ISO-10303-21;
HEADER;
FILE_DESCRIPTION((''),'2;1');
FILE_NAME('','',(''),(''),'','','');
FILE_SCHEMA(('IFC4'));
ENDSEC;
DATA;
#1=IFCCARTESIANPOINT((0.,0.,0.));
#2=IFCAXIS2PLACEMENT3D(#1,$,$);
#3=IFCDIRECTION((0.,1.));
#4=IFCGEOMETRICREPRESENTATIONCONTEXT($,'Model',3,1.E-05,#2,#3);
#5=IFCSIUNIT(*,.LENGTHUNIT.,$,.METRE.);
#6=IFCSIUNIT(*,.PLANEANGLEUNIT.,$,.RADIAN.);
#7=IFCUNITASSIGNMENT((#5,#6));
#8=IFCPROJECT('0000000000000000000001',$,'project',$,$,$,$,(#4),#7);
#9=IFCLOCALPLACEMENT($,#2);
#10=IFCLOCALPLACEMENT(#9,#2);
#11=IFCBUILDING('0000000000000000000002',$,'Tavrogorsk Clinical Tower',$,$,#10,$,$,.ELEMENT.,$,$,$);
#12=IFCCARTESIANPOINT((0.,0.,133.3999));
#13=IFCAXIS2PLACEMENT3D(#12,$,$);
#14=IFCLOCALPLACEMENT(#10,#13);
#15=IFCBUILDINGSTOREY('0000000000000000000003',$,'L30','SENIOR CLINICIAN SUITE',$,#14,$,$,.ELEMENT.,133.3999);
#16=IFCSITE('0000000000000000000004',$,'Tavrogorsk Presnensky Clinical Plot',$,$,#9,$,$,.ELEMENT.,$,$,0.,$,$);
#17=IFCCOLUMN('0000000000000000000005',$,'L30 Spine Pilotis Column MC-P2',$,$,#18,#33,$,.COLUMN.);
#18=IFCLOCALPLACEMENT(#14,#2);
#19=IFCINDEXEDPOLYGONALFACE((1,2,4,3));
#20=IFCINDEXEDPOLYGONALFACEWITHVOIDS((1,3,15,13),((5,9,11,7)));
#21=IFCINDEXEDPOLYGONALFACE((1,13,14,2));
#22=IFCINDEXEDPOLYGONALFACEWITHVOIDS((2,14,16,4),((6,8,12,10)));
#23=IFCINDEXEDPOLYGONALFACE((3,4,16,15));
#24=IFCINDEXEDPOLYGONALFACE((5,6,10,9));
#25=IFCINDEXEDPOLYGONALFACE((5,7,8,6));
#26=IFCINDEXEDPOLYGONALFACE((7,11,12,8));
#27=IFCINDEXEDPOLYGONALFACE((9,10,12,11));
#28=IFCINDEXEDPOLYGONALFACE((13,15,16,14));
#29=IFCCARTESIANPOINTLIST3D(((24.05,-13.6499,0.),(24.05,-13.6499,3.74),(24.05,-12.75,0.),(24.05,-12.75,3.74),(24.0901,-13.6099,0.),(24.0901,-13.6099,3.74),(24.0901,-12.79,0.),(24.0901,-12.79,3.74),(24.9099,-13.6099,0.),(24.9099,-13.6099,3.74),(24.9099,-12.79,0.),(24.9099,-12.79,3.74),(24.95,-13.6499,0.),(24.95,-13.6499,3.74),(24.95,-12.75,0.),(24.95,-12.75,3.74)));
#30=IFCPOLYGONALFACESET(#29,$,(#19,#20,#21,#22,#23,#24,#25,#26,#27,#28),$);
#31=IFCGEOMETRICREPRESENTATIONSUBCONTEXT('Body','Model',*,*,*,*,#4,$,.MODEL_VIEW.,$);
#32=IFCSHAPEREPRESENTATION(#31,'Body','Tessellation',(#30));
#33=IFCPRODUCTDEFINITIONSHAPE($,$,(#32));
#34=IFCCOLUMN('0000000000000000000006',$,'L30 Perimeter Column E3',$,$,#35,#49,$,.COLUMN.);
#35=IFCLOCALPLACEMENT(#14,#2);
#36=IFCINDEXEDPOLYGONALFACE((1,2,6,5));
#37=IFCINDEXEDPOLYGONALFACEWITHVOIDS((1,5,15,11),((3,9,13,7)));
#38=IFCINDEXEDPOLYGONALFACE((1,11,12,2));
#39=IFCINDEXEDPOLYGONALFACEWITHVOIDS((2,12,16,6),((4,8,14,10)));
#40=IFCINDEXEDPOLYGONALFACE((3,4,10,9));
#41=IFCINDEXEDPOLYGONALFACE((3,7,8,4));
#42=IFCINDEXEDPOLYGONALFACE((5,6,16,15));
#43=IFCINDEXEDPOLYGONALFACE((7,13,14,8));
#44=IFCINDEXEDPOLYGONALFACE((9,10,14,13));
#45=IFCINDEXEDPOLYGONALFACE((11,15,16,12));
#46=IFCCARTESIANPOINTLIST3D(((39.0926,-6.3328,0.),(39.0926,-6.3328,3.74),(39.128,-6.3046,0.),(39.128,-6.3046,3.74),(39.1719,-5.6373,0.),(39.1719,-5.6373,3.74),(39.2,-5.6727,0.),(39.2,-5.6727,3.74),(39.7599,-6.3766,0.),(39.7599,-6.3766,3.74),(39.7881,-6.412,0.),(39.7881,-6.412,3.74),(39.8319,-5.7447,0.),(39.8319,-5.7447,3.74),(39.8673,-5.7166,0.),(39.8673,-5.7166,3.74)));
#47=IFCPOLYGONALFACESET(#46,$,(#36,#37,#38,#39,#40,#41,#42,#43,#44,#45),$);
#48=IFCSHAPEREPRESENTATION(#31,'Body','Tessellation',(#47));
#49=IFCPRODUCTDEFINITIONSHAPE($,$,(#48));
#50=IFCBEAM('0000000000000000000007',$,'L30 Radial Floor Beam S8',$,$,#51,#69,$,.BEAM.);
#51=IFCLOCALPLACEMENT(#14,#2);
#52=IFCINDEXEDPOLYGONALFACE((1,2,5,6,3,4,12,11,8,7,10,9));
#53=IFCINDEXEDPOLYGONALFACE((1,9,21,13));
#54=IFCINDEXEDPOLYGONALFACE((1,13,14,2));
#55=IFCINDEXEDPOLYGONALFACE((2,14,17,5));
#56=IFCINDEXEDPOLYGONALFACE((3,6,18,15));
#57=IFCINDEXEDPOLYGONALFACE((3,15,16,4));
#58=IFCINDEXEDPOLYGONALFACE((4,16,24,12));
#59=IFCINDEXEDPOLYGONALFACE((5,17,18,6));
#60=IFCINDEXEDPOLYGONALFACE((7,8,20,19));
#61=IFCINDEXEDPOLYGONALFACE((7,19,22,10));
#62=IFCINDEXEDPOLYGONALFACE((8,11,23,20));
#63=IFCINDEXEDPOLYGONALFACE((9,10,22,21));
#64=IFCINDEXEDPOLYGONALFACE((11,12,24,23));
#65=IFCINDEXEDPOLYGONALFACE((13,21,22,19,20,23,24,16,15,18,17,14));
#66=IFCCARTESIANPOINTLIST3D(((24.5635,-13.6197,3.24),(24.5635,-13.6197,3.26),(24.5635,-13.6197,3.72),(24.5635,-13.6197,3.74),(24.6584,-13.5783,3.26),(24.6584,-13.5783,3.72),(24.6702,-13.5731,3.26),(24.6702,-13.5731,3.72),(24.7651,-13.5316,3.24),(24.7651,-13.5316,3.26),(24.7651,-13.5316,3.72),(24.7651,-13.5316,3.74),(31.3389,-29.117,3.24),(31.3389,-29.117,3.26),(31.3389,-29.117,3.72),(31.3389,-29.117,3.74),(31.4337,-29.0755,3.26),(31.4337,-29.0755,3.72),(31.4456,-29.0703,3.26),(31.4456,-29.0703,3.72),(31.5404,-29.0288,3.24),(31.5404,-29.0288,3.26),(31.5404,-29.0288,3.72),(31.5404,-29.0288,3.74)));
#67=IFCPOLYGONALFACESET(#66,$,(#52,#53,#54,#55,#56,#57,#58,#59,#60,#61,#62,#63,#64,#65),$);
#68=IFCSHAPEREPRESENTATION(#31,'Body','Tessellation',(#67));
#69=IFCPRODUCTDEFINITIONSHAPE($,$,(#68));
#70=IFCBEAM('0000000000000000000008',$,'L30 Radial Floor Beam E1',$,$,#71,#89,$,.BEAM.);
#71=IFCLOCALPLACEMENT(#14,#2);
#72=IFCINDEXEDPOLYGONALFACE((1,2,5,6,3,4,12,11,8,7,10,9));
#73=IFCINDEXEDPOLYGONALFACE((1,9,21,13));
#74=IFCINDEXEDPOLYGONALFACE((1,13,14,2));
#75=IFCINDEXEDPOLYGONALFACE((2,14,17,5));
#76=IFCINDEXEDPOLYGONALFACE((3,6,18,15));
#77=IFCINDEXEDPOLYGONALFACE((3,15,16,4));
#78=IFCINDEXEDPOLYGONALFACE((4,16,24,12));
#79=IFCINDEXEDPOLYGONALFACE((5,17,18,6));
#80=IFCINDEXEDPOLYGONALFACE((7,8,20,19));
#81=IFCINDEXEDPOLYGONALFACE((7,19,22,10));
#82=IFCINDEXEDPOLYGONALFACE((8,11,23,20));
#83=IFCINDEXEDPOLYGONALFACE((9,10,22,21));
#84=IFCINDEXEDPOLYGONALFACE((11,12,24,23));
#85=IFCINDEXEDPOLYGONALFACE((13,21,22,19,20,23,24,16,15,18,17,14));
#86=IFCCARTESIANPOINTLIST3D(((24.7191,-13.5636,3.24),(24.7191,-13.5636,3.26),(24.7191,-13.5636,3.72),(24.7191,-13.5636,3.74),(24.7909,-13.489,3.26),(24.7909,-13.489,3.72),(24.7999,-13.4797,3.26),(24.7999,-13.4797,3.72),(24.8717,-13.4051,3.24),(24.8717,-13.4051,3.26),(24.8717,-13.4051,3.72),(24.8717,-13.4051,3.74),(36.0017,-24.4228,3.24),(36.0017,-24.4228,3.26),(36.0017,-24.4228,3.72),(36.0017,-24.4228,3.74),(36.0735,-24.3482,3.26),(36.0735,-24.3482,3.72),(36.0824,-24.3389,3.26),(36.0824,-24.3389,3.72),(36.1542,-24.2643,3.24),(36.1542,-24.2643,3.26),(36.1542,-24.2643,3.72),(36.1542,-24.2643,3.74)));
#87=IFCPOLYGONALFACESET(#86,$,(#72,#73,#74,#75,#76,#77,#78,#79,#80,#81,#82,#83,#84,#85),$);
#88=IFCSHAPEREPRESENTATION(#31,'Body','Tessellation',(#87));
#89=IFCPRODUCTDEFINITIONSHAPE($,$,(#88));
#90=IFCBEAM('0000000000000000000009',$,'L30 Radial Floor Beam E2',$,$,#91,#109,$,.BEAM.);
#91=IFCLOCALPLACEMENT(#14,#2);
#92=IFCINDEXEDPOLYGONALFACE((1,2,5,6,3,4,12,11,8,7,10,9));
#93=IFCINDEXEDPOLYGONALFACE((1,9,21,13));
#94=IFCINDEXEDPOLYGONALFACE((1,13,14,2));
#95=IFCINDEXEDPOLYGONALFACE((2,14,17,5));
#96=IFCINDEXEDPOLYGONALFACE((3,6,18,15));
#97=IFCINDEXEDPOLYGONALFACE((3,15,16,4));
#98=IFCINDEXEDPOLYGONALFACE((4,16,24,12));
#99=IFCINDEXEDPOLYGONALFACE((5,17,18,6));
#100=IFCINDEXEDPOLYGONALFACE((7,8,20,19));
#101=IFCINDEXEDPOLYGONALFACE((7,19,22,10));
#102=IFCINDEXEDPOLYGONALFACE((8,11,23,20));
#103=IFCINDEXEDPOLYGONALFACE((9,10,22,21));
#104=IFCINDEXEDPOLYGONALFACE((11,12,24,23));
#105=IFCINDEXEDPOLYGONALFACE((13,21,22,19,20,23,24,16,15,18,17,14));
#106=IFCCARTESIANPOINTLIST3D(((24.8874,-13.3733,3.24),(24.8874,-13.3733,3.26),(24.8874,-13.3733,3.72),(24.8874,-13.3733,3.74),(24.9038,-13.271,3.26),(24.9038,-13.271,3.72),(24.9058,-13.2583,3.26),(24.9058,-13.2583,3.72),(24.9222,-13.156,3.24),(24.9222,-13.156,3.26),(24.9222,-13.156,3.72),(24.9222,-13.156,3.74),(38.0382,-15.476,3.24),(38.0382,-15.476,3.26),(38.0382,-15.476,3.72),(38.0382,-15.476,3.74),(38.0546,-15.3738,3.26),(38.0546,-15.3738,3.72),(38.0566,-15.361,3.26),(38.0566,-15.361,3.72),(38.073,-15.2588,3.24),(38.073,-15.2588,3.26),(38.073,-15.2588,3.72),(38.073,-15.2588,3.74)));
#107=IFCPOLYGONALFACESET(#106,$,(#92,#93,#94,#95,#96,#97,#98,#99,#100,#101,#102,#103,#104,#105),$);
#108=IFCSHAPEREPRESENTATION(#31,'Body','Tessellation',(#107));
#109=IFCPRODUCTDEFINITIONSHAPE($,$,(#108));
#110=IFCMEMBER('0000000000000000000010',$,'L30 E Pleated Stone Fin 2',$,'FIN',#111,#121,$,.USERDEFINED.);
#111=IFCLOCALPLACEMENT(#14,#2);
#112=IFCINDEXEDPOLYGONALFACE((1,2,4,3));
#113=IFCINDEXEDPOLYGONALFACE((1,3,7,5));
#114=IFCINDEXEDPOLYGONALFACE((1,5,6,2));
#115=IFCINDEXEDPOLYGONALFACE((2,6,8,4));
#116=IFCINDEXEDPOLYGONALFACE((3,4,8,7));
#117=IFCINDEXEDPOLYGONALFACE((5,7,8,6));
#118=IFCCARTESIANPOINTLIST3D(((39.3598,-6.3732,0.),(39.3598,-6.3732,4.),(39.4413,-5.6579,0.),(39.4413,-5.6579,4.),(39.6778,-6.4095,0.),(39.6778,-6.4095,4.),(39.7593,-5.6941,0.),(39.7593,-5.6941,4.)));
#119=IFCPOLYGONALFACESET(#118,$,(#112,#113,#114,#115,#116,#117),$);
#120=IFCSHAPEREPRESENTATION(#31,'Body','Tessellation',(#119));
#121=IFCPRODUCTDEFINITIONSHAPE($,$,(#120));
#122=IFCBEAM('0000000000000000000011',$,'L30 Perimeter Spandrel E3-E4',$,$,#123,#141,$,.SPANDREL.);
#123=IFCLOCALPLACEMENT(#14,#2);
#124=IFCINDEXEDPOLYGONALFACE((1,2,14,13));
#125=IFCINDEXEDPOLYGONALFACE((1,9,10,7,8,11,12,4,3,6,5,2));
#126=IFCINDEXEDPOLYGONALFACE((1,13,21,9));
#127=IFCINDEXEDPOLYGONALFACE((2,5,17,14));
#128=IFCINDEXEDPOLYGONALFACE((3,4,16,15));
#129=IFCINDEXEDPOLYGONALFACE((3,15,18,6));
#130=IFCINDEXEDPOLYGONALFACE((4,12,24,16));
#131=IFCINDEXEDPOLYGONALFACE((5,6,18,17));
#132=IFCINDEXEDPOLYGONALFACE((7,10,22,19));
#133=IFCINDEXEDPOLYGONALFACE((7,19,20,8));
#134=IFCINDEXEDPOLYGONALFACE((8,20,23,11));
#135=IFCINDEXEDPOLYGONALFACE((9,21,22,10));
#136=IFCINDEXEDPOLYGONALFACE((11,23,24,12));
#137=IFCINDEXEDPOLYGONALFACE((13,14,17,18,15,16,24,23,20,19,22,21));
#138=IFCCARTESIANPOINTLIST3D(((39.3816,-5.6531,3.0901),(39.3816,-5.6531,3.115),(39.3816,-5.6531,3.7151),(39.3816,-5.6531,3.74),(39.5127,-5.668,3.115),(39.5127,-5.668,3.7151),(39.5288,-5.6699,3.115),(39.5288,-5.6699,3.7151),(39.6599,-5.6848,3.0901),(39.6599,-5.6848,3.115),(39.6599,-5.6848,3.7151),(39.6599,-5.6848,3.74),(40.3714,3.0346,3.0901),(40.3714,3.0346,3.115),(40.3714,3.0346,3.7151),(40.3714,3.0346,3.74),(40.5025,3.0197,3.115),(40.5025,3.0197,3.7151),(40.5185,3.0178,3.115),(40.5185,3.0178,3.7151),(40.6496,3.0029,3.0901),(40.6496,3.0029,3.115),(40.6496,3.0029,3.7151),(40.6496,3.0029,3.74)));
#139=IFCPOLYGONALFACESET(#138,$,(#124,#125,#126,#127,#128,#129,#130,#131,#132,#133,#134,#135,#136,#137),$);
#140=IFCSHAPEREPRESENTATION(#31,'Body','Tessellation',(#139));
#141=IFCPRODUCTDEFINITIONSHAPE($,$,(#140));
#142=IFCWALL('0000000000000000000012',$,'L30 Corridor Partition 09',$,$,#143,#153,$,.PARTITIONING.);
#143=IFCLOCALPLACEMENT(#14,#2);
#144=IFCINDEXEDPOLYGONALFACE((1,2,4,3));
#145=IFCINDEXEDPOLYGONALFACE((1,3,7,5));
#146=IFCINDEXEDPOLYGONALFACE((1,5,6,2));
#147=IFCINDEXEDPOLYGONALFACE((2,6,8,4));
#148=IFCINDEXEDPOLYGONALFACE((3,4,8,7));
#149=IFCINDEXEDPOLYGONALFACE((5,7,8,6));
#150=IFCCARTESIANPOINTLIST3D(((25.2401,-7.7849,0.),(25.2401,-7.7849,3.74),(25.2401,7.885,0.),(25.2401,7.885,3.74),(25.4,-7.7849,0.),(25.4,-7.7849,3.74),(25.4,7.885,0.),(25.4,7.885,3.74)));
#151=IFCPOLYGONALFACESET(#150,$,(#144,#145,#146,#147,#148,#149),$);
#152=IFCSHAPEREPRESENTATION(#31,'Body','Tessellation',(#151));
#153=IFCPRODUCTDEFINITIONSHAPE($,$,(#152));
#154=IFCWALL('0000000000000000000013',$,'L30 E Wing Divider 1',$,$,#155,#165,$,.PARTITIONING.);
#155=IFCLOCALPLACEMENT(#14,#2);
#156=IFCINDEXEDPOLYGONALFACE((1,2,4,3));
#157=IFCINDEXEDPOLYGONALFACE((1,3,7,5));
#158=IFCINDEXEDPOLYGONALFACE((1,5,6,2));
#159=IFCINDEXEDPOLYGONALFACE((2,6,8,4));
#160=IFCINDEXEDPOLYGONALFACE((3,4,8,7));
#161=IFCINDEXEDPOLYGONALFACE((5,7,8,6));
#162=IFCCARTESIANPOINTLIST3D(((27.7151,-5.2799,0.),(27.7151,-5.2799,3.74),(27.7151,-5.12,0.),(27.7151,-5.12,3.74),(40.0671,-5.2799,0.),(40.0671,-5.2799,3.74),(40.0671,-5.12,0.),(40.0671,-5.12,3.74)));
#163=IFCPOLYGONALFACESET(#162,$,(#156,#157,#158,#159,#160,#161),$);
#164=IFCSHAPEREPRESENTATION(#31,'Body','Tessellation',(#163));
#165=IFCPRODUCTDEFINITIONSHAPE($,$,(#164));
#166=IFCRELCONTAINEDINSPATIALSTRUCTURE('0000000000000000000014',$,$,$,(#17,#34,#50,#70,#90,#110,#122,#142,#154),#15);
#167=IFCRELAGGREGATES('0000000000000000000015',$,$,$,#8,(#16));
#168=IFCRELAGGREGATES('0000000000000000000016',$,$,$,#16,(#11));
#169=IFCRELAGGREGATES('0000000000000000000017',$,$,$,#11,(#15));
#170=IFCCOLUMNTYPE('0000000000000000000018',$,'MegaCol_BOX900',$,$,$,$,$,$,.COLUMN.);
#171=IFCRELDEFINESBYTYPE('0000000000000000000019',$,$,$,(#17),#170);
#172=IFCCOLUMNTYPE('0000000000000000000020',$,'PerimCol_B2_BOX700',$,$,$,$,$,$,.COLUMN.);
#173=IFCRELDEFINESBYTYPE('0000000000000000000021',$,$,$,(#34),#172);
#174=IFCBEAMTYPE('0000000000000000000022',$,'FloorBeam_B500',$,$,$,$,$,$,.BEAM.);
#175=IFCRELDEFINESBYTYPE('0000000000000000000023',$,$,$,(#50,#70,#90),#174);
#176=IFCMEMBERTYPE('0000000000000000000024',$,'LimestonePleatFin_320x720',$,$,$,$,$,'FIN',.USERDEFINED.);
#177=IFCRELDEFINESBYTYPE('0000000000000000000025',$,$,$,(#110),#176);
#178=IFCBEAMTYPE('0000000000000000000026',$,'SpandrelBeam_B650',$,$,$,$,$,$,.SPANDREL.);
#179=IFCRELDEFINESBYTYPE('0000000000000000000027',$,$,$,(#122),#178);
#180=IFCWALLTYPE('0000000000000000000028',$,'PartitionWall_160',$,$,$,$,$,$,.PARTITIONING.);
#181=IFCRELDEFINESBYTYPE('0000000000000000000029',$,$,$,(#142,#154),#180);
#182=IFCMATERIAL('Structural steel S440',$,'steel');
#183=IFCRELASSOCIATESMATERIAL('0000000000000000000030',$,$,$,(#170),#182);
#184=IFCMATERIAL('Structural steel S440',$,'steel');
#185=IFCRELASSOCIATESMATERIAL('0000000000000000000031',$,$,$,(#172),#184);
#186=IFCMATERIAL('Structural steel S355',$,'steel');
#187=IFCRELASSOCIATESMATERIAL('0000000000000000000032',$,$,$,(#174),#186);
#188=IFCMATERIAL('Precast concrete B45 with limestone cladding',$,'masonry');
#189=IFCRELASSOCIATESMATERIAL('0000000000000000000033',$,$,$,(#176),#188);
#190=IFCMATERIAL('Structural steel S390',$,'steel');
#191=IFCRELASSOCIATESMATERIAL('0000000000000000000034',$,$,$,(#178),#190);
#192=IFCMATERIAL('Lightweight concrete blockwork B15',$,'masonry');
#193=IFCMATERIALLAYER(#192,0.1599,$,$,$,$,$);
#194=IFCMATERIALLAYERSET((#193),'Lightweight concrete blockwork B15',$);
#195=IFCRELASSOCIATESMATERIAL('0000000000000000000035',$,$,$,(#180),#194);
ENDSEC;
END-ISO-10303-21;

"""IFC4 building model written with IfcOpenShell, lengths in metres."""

from ifc_helpers import new_model, si_unit, direction, frame, frame_2d, origin, origin_2d, place, context, subcontext, project, spatial, rectangle, hollow_rectangle, i_section, extrude, material, layer, layer_set, material_profile, profile_set, type_object, element, save


model = new_model("IFC4")

# Units and contexts
model_context = context("Model", 3, precision=1e-05, world=origin(), true_north=direction((0.0, 1.0)))
body_context = subcontext(model_context, "Body", "Model", "MODEL_VIEW")
ifc_project = project(units=[si_unit("LENGTHUNIT", "METRE"), si_unit("PLANEANGLEUNIT", "RADIAN")], contexts=[model_context])

# Site, building, storey
site_placement = place(None, origin())
site = spatial("IfcSite", under=ifc_project, at=site_placement, Name="Tavrogorsk Presnensky Clinical Plot", CompositionType="ELEMENT", RefElevation=0.0)
building_placement = place(site_placement, origin())
building = spatial("IfcBuilding", under=site, at=building_placement, Name="Tavrogorsk Clinical Tower", CompositionType="ELEMENT")
storey_placement = place(building_placement, frame((0.0, 0.0, 133.3999)))
storey = spatial("IfcBuildingStorey", under=building, at=storey_placement, Name="L30", Description="SENIOR CLINICIAN SUITE", CompositionType="ELEMENT", Elevation=133.3999)

# Columns
ifc_material_1 = material(Name="Structural steel S440", Category="steel")
ifc_material_profile_1 = material_profile(ifc_material_1, hollow_rectangle(XDim=0.8999, YDim=0.8999, WallThickness=0.04, at=origin_2d()), Name="BOX-900x900x40")
ifc_profile_set_1 = profile_set([ifc_material_profile_1], Name="Structural steel S440")
column_type_1 = type_object("IfcColumnType", Name="MegaCol_BOX900", PredefinedType="COLUMN", material=ifc_profile_set_1)
column_1_placement = place(storey_placement, frame((24.5, -13.2, 0.0), z_axis=(0.0, 0.0, 1.0), x_axis=(1.0, 0.0, 0.0)))
element("IfcColumn", 1, at=column_1_placement, inside=storey, type_object=column_type_1, Name="L30 Spine Pilotis Column MC-P2", PredefinedType="COLUMN", context=body_context, shape_type="SweptSolid", body=[
    extrude(hollow_rectangle(XDim=0.8999, YDim=0.8999, WallThickness=0.04, at=origin_2d()), origin(), (0.0, 0.0, 1.0), 3.74),
])
ifc_material_2 = material(Name="Structural steel S440", Category="steel")
ifc_material_profile_2 = material_profile(ifc_material_2, hollow_rectangle(XDim=0.7, YDim=0.7, WallThickness=0.032, at=origin_2d()), Name="BOX-700x700x32")
ifc_profile_set_2 = profile_set([ifc_material_profile_2], Name="Structural steel S440")
column_type_2 = type_object("IfcColumnType", Name="PerimCol_B2_BOX700", PredefinedType="COLUMN", material=ifc_profile_set_2)
column_2_placement = place(storey_placement, frame((39.48, -6.0247, 0.0), z_axis=(0.0, 0.0, 1.0), x_axis=(0.993572, -0.113203, 0.0)))
element("IfcColumn", 2, at=column_2_placement, inside=storey, type_object=column_type_2, Name="L30 Perimeter Column E3", PredefinedType="COLUMN", context=body_context, shape_type="SweptSolid", body=[
    extrude(hollow_rectangle(XDim=0.7, YDim=0.7, WallThickness=0.032, at=origin_2d()), origin(), (0.0, 0.0, 1.0), 3.74),
])

# Beams
ifc_material_3 = material(Name="Structural steel S355", Category="steel")
ifc_material_profile_3 = material_profile(ifc_material_3, i_section(OverallWidth=0.22, OverallDepth=0.5, WebThickness=0.0129, FlangeThickness=0.02, at=origin_2d()), Name="B-500x220x13x20")
ifc_profile_set_3 = profile_set([ifc_material_profile_3], Name="Structural steel S355")
beam_type_1 = type_object("IfcBeamType", Name="FloorBeam_B500", PredefinedType="BEAM", material=ifc_profile_set_3)
beam_1_placement = place(storey_placement, frame((24.6643, -13.5757, 3.49), z_axis=(0.400586, -0.916259, 0.0), x_axis=(0.916259, 0.400586, 0.0)))
element("IfcBeam", 3, at=beam_1_placement, inside=storey, type_object=beam_type_1, Name="L30 Radial Floor Beam S8", PredefinedType="BEAM", context=body_context, shape_type="SweptSolid", body=[
    extrude(i_section(OverallWidth=0.22, OverallDepth=0.5, WebThickness=0.0129, FlangeThickness=0.02, at=origin_2d()), origin(), (0.0, 0.0, 1.0), 16.9136),
])
beam_2_placement = place(storey_placement, frame((24.7954, -13.4844, 3.49), z_axis=(0.720495, -0.69346, 0.0), x_axis=(0.69346, 0.720495, 0.0)))
element("IfcBeam", 4, at=beam_2_placement, inside=storey, type_object=beam_type_1, Name="L30 Radial Floor Beam E1", PredefinedType="BEAM", context=body_context, shape_type="SweptSolid", body=[
    extrude(i_section(OverallWidth=0.22, OverallDepth=0.5, WebThickness=0.0129, FlangeThickness=0.02, at=origin_2d()), origin(), (0.0, 0.0, 1.0), 15.6594),
])
beam_3_placement = place(storey_placement, frame((24.9048, -13.2646, 3.49), z_axis=(0.987457, -0.157891, 0.0), x_axis=(0.157891, 0.987457, 0.0)))
element("IfcBeam", 5, at=beam_3_placement, inside=storey, type_object=beam_type_1, Name="L30 Radial Floor Beam E2", PredefinedType="BEAM", context=body_context, shape_type="SweptSolid", body=[
    extrude(i_section(OverallWidth=0.22, OverallDepth=0.5, WebThickness=0.0129, FlangeThickness=0.02, at=origin_2d()), origin(), (0.0, 0.0, 1.0), 13.3179),
])

# Member
ifc_material_4 = material(Name="Precast concrete B45 with limestone cladding", Category="masonry")
ifc_material_profile_4 = material_profile(ifc_material_4, rectangle(XDim=0.3201, YDim=0.72, at=origin_2d()), Name="LIMESTONE-FIN-320x720")
ifc_profile_set_4 = profile_set([ifc_material_profile_4], Name="Precast concrete B45 with limestone cladding")
member_type = type_object("IfcMemberType", Name="LimestonePleatFin_320x720", ElementType="FIN", PredefinedType="USERDEFINED", material=ifc_profile_set_4)
member_placement = place(storey_placement, frame((39.5596, -6.0337, 0.0), z_axis=(0.0, 0.0, 1.0), x_axis=(0.993572, -0.113203, 0.0)))
element("IfcMember", 6, at=member_placement, inside=storey, type_object=member_type, Name="L30 E Pleated Stone Fin 2", ObjectType="FIN", PredefinedType="USERDEFINED", context=body_context, shape_type="SweptSolid", body=[
    extrude(rectangle(XDim=0.3201, YDim=0.72, at=origin_2d()), origin(), (0.0, 0.0, 1.0), 4.0),
])

# Beam
ifc_material_5 = material(Name="Structural steel S390", Category="steel")
ifc_material_profile_5 = material_profile(ifc_material_5, i_section(OverallWidth=0.28, OverallDepth=0.6499, WebThickness=0.0161, FlangeThickness=0.0249, at=origin_2d()), Name="B-650x280x16x25")
ifc_profile_set_5 = profile_set([ifc_material_profile_5], Name="Structural steel S390")
beam_type_2 = type_object("IfcBeamType", Name="SpandrelBeam_B650", PredefinedType="SPANDREL", material=ifc_profile_set_5)
beam_4_placement = place(storey_placement, frame((39.5208, -5.6689, 3.415), z_axis=(0.113192, 0.993573, 0.0), x_axis=(-0.993573, 0.113192, 0.0)))
element("IfcBeam", 7, at=beam_4_placement, inside=storey, type_object=beam_type_2, Name="L30 Perimeter Spandrel E3-E4", PredefinedType="SPANDREL", context=body_context, shape_type="SweptSolid", body=[
    extrude(i_section(OverallWidth=0.28, OverallDepth=0.6499, WebThickness=0.0161, FlangeThickness=0.0249, at=origin_2d()), origin(), (0.0, 0.0, 1.0), 8.7439),
])

# Shared definitions
ifc_material_6 = material(Name="Lightweight concrete blockwork B15", Category="masonry")
ifc_layer = layer(ifc_material_6, 0.1599)
ifc_layer_set = layer_set([ifc_layer], Name="Lightweight concrete blockwork B15")
wall_type = type_object("IfcWallType", Name="PartitionWall_160", PredefinedType="PARTITIONING", material=ifc_layer_set)

# Walls
wall_1_placement = place(storey_placement, frame((25.3201, -7.7849, 0.0), z_axis=(0.0, 0.0, 1.0), x_axis=(0.0, 1.0, 0.0)))
element("IfcWall", 8, at=wall_1_placement, inside=storey, type_object=wall_type, Name="L30 Corridor Partition 09", PredefinedType="PARTITIONING", context=body_context, shape_type="SweptSolid", body=[
    extrude(rectangle(XDim=15.6699, YDim=0.1599, at=frame_2d((7.835, 0.0))), origin(), (0.0, 0.0, 1.0), 3.74),
])
wall_2_placement = place(storey_placement, frame((27.7151, -5.2, 0.0), z_axis=(0.0, 0.0, 1.0), x_axis=(1.0, 0.0, 0.0)))
element("IfcWall", 9, at=wall_2_placement, inside=storey, type_object=wall_type, Name="L30 E Wing Divider 1", PredefinedType="PARTITIONING", context=body_context, shape_type="SweptSolid", body=[
    extrude(rectangle(XDim=12.3521, YDim=0.1599, at=frame_2d((6.176, 0.0))), origin(), (0.0, 0.0, 1.0), 3.74),
])

save(model, "model.ifc")
